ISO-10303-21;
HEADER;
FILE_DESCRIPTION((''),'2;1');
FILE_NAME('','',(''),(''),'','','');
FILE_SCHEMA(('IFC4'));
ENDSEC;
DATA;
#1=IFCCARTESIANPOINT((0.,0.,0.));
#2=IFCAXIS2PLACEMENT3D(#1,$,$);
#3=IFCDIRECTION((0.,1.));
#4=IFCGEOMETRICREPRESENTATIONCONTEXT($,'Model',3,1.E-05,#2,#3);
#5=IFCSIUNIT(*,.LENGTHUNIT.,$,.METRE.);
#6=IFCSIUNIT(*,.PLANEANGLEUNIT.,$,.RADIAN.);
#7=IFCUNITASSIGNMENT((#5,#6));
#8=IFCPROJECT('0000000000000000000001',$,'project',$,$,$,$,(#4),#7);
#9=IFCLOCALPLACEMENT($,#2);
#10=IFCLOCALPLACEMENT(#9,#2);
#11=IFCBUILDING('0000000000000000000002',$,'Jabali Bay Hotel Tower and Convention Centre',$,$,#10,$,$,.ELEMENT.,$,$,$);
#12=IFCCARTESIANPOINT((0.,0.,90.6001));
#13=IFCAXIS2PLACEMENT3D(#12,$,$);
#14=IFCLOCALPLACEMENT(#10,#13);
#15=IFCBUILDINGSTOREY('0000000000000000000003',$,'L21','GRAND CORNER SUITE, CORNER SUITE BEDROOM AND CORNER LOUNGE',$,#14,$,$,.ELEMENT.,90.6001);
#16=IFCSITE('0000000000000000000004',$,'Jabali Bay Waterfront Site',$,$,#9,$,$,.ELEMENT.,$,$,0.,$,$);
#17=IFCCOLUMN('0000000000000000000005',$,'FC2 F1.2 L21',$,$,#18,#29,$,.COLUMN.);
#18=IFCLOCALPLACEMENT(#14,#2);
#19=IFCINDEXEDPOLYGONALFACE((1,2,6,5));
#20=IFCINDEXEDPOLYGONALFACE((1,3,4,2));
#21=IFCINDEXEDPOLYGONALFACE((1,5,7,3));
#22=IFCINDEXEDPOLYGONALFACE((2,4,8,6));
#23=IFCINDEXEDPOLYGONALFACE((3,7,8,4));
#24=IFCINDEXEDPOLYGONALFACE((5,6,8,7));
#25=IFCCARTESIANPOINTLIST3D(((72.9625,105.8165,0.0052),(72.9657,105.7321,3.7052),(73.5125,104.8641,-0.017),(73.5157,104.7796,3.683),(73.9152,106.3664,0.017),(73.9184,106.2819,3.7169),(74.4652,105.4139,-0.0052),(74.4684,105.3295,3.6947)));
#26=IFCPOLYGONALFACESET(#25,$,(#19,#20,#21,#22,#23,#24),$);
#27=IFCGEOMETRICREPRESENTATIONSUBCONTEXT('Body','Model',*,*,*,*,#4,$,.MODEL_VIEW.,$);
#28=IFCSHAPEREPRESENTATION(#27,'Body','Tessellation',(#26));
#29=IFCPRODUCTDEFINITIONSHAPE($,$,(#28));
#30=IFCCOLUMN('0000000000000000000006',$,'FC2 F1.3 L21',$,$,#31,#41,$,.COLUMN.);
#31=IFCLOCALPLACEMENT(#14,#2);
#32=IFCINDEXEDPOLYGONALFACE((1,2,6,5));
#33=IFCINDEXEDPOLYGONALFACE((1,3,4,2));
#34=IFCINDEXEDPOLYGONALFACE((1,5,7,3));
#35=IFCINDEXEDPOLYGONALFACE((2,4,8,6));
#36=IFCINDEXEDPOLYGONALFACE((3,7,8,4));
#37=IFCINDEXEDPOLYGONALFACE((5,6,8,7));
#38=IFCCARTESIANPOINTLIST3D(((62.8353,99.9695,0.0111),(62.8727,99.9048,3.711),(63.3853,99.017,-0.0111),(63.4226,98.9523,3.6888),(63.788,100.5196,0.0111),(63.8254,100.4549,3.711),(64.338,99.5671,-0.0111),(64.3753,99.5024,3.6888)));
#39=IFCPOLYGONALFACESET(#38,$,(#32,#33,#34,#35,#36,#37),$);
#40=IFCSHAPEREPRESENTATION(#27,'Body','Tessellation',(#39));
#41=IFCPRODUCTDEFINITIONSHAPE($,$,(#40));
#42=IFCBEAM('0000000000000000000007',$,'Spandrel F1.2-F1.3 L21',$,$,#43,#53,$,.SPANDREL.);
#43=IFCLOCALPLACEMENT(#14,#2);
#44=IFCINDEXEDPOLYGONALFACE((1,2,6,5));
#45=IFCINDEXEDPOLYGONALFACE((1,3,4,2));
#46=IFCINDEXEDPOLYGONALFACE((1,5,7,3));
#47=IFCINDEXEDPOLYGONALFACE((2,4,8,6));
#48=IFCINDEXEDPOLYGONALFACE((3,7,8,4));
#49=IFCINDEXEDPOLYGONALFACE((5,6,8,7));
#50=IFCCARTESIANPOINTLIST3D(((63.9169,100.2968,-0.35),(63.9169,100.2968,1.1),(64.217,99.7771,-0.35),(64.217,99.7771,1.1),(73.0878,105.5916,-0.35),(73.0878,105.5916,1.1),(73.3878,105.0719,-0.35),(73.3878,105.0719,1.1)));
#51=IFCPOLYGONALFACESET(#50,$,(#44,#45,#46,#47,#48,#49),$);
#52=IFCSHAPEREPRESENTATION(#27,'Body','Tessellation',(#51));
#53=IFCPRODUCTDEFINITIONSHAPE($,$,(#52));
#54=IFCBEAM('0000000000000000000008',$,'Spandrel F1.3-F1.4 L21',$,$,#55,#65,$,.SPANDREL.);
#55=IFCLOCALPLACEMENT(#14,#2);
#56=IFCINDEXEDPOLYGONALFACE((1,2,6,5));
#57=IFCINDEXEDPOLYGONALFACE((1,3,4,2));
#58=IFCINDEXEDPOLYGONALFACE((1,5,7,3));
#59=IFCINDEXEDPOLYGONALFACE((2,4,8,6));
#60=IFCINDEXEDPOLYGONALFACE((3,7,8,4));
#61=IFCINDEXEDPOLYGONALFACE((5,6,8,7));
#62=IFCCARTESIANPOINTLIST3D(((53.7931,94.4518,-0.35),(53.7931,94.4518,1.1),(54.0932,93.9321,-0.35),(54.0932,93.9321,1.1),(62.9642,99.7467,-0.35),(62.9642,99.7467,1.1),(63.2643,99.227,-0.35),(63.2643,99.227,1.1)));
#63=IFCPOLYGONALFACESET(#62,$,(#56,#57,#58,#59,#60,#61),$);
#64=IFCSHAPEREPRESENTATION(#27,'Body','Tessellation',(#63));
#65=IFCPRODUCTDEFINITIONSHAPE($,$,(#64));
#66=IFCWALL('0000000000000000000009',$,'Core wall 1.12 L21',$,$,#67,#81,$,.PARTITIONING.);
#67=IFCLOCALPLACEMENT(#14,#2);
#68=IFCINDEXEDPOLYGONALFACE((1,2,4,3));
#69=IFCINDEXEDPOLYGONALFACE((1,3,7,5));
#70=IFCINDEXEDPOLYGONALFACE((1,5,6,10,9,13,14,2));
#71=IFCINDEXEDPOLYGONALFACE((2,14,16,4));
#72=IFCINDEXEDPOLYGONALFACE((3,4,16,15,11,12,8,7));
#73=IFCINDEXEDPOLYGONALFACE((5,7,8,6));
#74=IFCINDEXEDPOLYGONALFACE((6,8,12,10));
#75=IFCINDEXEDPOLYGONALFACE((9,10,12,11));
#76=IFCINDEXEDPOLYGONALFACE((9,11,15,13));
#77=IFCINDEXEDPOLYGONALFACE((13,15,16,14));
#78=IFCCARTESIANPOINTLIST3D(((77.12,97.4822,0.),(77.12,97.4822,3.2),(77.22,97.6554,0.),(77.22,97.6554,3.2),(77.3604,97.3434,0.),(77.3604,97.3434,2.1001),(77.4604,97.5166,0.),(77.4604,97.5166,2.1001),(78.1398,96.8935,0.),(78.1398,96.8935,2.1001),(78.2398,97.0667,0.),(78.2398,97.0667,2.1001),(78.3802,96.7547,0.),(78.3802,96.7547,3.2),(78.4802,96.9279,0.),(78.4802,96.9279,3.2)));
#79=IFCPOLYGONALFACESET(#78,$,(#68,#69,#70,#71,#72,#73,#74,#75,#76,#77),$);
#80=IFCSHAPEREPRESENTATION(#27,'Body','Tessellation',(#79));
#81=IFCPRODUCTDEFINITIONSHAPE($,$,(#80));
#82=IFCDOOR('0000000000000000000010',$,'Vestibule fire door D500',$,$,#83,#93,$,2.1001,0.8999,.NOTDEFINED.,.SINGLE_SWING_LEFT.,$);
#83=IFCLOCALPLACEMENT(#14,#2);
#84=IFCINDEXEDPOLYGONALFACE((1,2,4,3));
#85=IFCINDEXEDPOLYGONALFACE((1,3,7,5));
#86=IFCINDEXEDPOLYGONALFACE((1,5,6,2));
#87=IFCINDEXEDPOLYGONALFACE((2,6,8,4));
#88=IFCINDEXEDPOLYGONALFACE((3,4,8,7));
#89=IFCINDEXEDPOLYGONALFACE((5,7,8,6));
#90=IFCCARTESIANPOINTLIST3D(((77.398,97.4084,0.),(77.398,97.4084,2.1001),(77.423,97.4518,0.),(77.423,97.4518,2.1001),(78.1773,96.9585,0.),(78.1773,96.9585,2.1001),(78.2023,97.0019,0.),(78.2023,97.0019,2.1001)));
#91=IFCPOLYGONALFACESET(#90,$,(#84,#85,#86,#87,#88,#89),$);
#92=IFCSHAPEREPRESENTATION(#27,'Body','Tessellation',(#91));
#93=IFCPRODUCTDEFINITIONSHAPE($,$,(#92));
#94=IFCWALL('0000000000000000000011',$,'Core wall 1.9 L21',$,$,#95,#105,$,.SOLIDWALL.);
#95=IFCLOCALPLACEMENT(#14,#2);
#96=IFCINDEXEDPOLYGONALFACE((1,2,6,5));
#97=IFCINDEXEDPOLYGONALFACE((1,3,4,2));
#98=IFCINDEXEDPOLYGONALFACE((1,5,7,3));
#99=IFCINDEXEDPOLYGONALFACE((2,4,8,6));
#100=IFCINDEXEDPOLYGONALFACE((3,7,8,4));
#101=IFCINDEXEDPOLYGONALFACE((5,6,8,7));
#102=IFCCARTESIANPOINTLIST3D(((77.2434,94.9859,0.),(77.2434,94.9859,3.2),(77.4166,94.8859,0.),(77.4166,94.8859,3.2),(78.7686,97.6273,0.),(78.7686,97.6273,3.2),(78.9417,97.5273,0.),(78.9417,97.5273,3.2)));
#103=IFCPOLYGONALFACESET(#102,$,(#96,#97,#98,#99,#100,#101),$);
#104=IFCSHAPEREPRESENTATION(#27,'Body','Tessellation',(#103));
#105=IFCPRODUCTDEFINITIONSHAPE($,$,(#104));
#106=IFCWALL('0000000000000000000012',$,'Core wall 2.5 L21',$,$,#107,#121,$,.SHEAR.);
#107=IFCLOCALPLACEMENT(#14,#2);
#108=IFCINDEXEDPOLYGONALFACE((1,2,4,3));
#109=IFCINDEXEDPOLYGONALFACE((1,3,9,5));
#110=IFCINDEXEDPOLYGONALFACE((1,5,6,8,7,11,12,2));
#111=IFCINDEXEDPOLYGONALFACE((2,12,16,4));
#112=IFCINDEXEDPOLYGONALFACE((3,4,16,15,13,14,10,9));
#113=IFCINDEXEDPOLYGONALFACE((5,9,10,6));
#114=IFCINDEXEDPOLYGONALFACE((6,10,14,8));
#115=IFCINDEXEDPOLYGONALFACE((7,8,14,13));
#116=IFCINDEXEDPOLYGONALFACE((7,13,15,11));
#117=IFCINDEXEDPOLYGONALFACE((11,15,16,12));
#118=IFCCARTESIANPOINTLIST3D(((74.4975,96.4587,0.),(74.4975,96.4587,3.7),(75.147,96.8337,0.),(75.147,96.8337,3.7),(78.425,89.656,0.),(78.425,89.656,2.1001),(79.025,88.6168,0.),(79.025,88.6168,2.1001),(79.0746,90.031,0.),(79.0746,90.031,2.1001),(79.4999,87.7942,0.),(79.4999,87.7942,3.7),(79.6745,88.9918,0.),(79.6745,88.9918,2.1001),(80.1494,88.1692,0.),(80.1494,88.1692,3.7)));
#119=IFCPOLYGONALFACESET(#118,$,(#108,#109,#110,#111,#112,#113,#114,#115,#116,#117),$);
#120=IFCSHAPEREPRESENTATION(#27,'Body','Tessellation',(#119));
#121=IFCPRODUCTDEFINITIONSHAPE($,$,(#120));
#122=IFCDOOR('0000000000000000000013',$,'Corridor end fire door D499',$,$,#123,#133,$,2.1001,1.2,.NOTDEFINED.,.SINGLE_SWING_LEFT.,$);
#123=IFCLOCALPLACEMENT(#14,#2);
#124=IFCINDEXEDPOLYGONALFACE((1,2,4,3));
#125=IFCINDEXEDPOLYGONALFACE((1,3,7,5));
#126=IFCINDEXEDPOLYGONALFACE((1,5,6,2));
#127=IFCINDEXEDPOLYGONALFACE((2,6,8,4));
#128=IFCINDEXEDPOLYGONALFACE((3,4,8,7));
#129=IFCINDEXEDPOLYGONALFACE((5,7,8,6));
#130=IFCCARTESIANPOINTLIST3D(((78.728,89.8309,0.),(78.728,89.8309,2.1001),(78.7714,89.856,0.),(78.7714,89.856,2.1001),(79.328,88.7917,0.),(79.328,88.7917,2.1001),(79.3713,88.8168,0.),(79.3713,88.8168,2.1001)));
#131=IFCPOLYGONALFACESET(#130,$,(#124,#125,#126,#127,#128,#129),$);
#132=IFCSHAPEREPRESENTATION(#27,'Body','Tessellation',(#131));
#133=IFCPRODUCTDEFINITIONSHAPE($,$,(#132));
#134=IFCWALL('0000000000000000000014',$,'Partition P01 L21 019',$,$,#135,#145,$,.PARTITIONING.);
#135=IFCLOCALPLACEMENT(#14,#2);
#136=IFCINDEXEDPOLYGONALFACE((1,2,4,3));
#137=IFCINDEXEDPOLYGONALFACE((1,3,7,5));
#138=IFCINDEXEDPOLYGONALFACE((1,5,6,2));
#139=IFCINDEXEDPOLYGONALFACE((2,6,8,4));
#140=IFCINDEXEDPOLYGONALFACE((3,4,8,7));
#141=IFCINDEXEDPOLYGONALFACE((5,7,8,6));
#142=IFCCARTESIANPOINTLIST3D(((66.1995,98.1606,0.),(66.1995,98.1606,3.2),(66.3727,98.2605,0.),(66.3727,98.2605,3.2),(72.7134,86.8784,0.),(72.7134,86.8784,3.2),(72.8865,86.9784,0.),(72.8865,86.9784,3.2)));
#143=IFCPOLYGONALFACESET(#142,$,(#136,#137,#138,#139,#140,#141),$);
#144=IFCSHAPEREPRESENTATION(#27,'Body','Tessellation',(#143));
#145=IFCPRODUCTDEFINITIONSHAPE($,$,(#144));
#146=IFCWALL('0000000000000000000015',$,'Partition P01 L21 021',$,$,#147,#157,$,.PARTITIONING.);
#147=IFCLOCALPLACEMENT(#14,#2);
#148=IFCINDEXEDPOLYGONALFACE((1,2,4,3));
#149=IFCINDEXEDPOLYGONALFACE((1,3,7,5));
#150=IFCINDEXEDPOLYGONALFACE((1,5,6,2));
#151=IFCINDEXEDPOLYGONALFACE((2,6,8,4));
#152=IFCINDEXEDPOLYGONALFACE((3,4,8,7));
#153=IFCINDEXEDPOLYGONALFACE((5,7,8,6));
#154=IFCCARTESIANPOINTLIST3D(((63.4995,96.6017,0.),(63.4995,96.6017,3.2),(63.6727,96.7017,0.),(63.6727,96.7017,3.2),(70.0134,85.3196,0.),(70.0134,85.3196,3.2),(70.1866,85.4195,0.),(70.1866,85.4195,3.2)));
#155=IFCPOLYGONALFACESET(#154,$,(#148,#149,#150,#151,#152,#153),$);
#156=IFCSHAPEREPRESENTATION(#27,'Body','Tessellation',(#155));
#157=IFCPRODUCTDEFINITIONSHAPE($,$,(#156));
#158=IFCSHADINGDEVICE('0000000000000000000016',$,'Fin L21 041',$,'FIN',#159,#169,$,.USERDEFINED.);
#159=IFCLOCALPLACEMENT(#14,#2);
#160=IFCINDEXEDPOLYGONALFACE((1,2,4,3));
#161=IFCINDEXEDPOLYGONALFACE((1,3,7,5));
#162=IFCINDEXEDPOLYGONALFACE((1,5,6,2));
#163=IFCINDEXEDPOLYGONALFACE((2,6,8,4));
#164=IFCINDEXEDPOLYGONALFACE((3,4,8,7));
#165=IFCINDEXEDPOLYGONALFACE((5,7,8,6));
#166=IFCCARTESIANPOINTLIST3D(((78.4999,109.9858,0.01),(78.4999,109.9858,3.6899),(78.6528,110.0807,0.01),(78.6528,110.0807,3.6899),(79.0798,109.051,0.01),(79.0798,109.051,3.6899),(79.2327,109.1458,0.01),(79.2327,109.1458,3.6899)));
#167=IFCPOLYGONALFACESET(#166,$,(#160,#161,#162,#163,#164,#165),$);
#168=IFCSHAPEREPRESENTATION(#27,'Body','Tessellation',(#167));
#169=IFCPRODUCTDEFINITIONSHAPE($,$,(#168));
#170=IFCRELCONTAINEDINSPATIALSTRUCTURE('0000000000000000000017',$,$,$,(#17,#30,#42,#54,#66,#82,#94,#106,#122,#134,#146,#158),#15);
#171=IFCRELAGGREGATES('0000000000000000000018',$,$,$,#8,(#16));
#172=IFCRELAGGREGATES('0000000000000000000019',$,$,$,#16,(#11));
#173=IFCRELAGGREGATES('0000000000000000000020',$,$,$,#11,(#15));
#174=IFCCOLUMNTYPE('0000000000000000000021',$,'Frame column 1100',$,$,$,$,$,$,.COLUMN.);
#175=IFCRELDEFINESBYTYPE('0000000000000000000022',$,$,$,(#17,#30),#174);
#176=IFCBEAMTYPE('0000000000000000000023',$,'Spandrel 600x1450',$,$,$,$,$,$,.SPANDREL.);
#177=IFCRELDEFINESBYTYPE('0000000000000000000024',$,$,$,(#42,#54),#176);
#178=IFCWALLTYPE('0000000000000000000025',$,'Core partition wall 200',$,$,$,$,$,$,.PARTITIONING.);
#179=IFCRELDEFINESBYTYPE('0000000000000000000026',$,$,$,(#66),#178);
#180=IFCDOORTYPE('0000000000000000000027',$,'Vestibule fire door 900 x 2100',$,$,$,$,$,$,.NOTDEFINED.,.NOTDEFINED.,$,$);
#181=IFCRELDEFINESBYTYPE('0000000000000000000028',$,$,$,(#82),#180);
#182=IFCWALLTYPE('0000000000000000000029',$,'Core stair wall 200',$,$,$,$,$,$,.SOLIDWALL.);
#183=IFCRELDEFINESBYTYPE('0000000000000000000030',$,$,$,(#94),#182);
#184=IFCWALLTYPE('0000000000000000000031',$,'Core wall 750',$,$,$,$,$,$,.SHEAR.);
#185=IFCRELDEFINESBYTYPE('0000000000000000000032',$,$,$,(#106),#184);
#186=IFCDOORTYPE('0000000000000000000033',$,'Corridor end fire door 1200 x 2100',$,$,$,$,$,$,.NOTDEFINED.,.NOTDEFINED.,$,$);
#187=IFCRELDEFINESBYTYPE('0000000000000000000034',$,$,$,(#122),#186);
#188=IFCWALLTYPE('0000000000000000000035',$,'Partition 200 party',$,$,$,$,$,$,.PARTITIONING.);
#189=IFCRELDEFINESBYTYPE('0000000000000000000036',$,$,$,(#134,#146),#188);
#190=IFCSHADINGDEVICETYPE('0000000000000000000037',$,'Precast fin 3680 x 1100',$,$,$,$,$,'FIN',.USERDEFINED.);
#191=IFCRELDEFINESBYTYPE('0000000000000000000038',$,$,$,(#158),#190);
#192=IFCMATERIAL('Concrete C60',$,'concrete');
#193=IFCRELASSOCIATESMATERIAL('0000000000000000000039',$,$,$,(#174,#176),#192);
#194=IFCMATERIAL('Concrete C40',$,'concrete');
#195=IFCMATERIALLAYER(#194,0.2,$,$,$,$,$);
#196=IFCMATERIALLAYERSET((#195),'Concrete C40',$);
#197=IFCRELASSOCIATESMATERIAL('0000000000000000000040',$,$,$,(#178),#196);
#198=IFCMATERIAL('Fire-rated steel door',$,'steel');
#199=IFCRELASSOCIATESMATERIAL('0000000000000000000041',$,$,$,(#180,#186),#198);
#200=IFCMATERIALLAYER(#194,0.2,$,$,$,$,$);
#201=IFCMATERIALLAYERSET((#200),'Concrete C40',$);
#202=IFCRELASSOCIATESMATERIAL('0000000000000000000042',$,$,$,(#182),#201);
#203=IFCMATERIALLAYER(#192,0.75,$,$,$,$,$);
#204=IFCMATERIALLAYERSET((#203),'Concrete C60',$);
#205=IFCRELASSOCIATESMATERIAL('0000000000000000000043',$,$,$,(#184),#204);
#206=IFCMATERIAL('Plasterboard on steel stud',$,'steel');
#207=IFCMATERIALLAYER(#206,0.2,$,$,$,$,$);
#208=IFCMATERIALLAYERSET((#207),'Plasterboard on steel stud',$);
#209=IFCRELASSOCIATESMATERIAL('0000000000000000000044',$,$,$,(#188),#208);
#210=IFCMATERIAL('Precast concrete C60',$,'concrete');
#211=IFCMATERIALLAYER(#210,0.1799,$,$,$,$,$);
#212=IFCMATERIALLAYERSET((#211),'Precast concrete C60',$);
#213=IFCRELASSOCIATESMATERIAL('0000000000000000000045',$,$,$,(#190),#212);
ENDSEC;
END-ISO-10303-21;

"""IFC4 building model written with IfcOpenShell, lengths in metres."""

from ifc_helpers import new_model, si_unit, direction, frame, frame_2d, origin, origin_2d, place, context, subcontext, project, spatial, rectangle, extrude, material, layer, layer_set, material_profile, profile_set, type_object, element, fill, save


model = new_model("IFC4")

# Units and contexts
model_context = context("Model", 3, precision=1e-05, world=origin(), true_north=direction((0.0, 1.0)))
body_context = subcontext(model_context, "Body", "Model", "MODEL_VIEW")
ifc_project = project(units=[si_unit("LENGTHUNIT", "METRE"), si_unit("PLANEANGLEUNIT", "RADIAN")], contexts=[model_context])

# Site, building, storey
site_placement = place(None, origin())
site = spatial("IfcSite", under=ifc_project, at=site_placement, Name="Jabali Bay Waterfront Site", CompositionType="ELEMENT", RefElevation=0.0)
building_placement = place(site_placement, origin())
building = spatial("IfcBuilding", under=site, at=building_placement, Name="Jabali Bay Hotel Tower and Convention Centre", CompositionType="ELEMENT")
storey_placement = place(building_placement, frame((0.0, 0.0, 90.6001)))
storey = spatial("IfcBuildingStorey", under=building, at=storey_placement, Name="L21", Description="GRAND CORNER SUITE, CORNER SUITE BEDROOM AND CORNER LOUNGE", CompositionType="ELEMENT", Elevation=90.6001)

# Columns
ifc_material_1 = material(Name="Concrete C60", Category="concrete")
ifc_material_profile_1 = material_profile(ifc_material_1, rectangle(XDim=1.1001, YDim=1.1001, at=origin_2d()), Name="Frame column 1100")
ifc_profile_set_1 = profile_set([ifc_material_profile_1], Name="Concrete C60")
column_type = type_object("IfcColumnType", Name="Frame column 1100", PredefinedType="COLUMN", material=ifc_profile_set_1)
column_1_placement = place(storey_placement, frame((73.7139, 105.6152, 0.0), z_axis=(0.000858, -0.022825, 0.999739), x_axis=(0.866054, 0.499836, 0.010669)))
element("IfcColumn", 1, at=column_1_placement, inside=storey, type_object=column_type, Name="FC2 F1.2 L21", PredefinedType="COLUMN", context=body_context, shape_type="SweptSolid", body=[
    extrude(rectangle(XDim=1.1001, YDim=1.1001, at=origin_2d()), origin(), (0.0, 0.0, 1.0), 3.7009),
])
column_2_placement = place(storey_placement, frame((63.5867, 99.7683, 0.0), z_axis=(0.010094, -0.017482, 0.999796), x_axis=(0.86602, 0.500009, 0.0)))
element("IfcColumn", 2, at=column_2_placement, inside=storey, type_object=column_type, Name="FC2 F1.3 L21", PredefinedType="COLUMN", context=body_context, shape_type="SweptSolid", body=[
    extrude(rectangle(XDim=1.1001, YDim=1.1001, at=origin_2d()), origin(), (0.0, 0.0, 1.0), 3.7007),
])

# Beams
ifc_material_profile_2 = material_profile(ifc_material_1, rectangle(XDim=0.6001, YDim=1.45, at=origin_2d()), Name="Spandrel 600x1450")
ifc_profile_set_2 = profile_set([ifc_material_profile_2], Name="Concrete C60")
beam_type = type_object("IfcBeamType", Name="Spandrel 600x1450", PredefinedType="SPANDREL", material=ifc_profile_set_2)
beam_1_placement = place(storey_placement, frame((73.2378, 105.3318, 0.375), z_axis=(-0.866021, -0.500007, 0.0), x_axis=(0.500007, -0.866021, 0.0)))
element("IfcBeam", 3, at=beam_1_placement, inside=storey, type_object=beam_type, Name="Spandrel F1.2-F1.3 L21", PredefinedType="SPANDREL", context=body_context, shape_type="SweptSolid", body=[
    extrude(rectangle(XDim=0.6001, YDim=1.45, at=origin_2d()), origin(), (0.0, 0.0, 1.0), 10.5896),
])
beam_2_placement = place(storey_placement, frame((63.1143, 99.4868, 0.375), z_axis=(-0.866027, -0.499997, 0.0), x_axis=(0.499997, -0.866027, 0.0)))
element("IfcBeam", 4, at=beam_2_placement, inside=storey, type_object=beam_type, Name="Spandrel F1.3-F1.4 L21", PredefinedType="SPANDREL", context=body_context, shape_type="SweptSolid", body=[
    extrude(rectangle(XDim=0.6001, YDim=1.45, at=origin_2d()), origin(), (0.0, 0.0, 1.0), 10.5898),
])

# Wall, opening, door
ifc_material_2 = material(Name="Concrete C40", Category="concrete")
ifc_layer_1 = layer(ifc_material_2, 0.2)
ifc_layer_set_1 = layer_set([ifc_layer_1], Name="Concrete C40")
wall_type_1 = type_object("IfcWallType", Name="Core partition wall 200", PredefinedType="PARTITIONING", material=ifc_layer_set_1)
wall_1_placement = place(storey_placement, frame((78.4302, 96.8413, 0.0), z_axis=(0.0, 0.0, 1.0), x_axis=(-0.866046, 0.499965, 0.0)))
wall_1 = element("IfcWall", 5, at=wall_1_placement, inside=storey, type_object=wall_type_1, Name="Core wall 1.12 L21", PredefinedType="PARTITIONING", context=body_context, shape_type="SweptSolid", body=[
    extrude(rectangle(XDim=1.4551, YDim=0.2, at=frame_2d((0.7275, 0.0))), origin(), (0.0, 0.0, 1.0), 3.2),
])
opening_1_placement = place(wall_1_placement, frame((0.2776, 0.0, 0.0)))
opening_1 = element("IfcOpeningElement", 6, at=opening_1_placement, cuts=wall_1, PredefinedType="OPENING", context=body_context, shape_type="SweptSolid", body=[
    extrude(rectangle(XDim=0.8999, YDim=2.1001, at=frame_2d((0.45, 1.05))), frame((0.0, 0.1104, 0.0), z_axis=(0.0, -1.0, 0.0), x_axis=(1.0, 0.0, 0.0)), (0.0, 0.0, 1.0), 0.2209),
])
ifc_material_3 = material(Name="Fire-rated steel door", Category="steel")
door_type_1 = type_object("IfcDoorType", Name="Vestibule fire door 900 x 2100", OperationType="NOTDEFINED", PredefinedType="NOTDEFINED", material=ifc_material_3)
door_1_placement = place(opening_1_placement, origin())
door_1 = element("IfcDoor", 7, at=door_1_placement, inside=storey, type_object=door_type_1, Name="Vestibule fire door D500", OperationType="SINGLE_SWING_LEFT", OverallHeight=2.1001, OverallWidth=0.8999, PredefinedType="NOTDEFINED", context=body_context, shape_type="SweptSolid", body=[
    extrude(rectangle(XDim=0.8999, YDim=2.1001, at=frame_2d((0.45, 1.05))), frame((0.0, 0.0249, 0.0), z_axis=(0.0, -1.0, 0.0), x_axis=(1.0, 0.0, 0.0)), (0.0, 0.0, 1.0), 0.05),
])
fill(opening_1, door_1)

# Wall
ifc_layer_2 = layer(ifc_material_2, 0.2)
ifc_layer_set_2 = layer_set([ifc_layer_2], Name="Concrete C40")
wall_type_2 = type_object("IfcWallType", Name="Core stair wall 200", PredefinedType="SOLIDWALL", material=ifc_layer_set_2)
wall_2_placement = place(storey_placement, frame((77.3301, 94.936, 0.0), z_axis=(0.0, 0.0, 1.0), x_axis=(0.500039, 0.866003, 0.0)))
element("IfcWall", 8, at=wall_2_placement, inside=storey, type_object=wall_type_2, Name="Core wall 1.9 L21", PredefinedType="SOLIDWALL", context=body_context, shape_type="SweptSolid", body=[
    extrude(rectangle(XDim=3.05, YDim=0.2, at=frame_2d((1.5249, 0.0))), origin(), (0.0, 0.0, 1.0), 3.2),
])

# Wall, opening, door
ifc_layer_3 = layer(ifc_material_1, 0.75)
ifc_layer_set_3 = layer_set([ifc_layer_3], Name="Concrete C60")
wall_type_3 = type_object("IfcWallType", Name="Core wall 750", PredefinedType="SHEAR", material=ifc_layer_set_3)
wall_3_placement = place(storey_placement, frame((74.8223, 96.6462, 0.0), z_axis=(0.0, 0.0, 1.0), x_axis=(0.499997, -0.866027, 0.0)))
wall_3 = element("IfcWall", 9, at=wall_3_placement, inside=storey, type_object=wall_type_3, Name="Core wall 2.5 L21", PredefinedType="SHEAR", context=body_context, shape_type="SweptSolid", body=[
    extrude(rectangle(XDim=10.0049, YDim=0.75, at=frame_2d((5.0024, 0.0))), origin(), (0.0, 0.0, 1.0), 3.7),
])
opening_2_placement = place(wall_3_placement, frame((7.855, 0.0, 0.0)))
opening_2 = element("IfcOpeningElement", 10, at=opening_2_placement, cuts=wall_3, PredefinedType="OPENING", context=body_context, shape_type="SweptSolid", body=[
    extrude(rectangle(XDim=1.2, YDim=2.1001, at=frame_2d((0.6001, 1.05))), frame((0.0, 0.3855, 0.0), z_axis=(0.0, -1.0, 0.0), x_axis=(1.0, 0.0, 0.0)), (0.0, 0.0, 1.0), 0.771),
])
door_type_2 = type_object("IfcDoorType", Name="Corridor end fire door 1200 x 2100", OperationType="NOTDEFINED", PredefinedType="NOTDEFINED", material=ifc_material_3)
door_2_placement = place(opening_2_placement, origin())
door_2 = element("IfcDoor", 11, at=door_2_placement, inside=storey, type_object=door_type_2, Name="Corridor end fire door D499", OperationType="SINGLE_SWING_LEFT", OverallHeight=2.1001, OverallWidth=1.2, PredefinedType="NOTDEFINED", context=body_context, shape_type="SweptSolid", body=[
    extrude(rectangle(XDim=1.2, YDim=2.1001, at=frame_2d((0.6001, 1.05))), frame((0.0, 0.0249, 0.0), z_axis=(0.0, -1.0, 0.0), x_axis=(1.0, 0.0, 0.0)), (0.0, 0.0, 1.0), 0.05),
])
fill(opening_2, door_2)

# Walls
ifc_material_4 = material(Name="Plasterboard on steel stud", Category="steel")
ifc_layer_4 = layer(ifc_material_4, 0.2)
ifc_layer_set_4 = layer_set([ifc_layer_4], Name="Plasterboard on steel stud")
wall_type_4 = type_object("IfcWallType", Name="Partition 200 party", PredefinedType="PARTITIONING", material=ifc_layer_set_4)
for number, where, z_axis, x_axis, name in (
    (12, (66.2861, 98.2104, 0.0), (0.0, 0.0, 1.0), (0.500007, -0.866021, 0.0), "Partition P01 L21 019"),
    (13, (63.5862, 96.6516, 0.0), (0.0, 0.0, 1.0), (0.500007, -0.866021, 0.0), "Partition P01 L21 021"),
):
    element("IfcWall", number, at=place(storey_placement, frame(where, z_axis=z_axis, x_axis=x_axis)), inside=storey, type_object=wall_type_4, Name=name, PredefinedType="PARTITIONING", context=body_context, shape_type="SweptSolid", body=[
        extrude(rectangle(XDim=13.0276, YDim=0.2, at=frame_2d((6.5137, 0.0))), origin(), (0.0, 0.0, 1.0), 3.2),
    ])

# Shading device
ifc_material_5 = material(Name="Precast concrete C60", Category="concrete")
ifc_layer_5 = layer(ifc_material_5, 0.1799)
ifc_layer_set_5 = layer_set([ifc_layer_5], Name="Precast concrete C60")
shading_device_type = type_object("IfcShadingDeviceType", Name="Precast fin 3680 x 1100", ElementType="FIN", PredefinedType="USERDEFINED", material=ifc_layer_set_5)
shading_device_1_placement = place(storey_placement, frame((79.1562, 109.0984, 0.01), z_axis=(0.0, 0.0, 1.0), x_axis=(-0.527103, 0.849801, 0.0)))
element("IfcShadingDevice", 14, at=shading_device_1_placement, inside=storey, type_object=shading_device_type, Name="Fin L21 041", ObjectType="FIN", PredefinedType="USERDEFINED", context=body_context, shape_type="SweptSolid", body=[
    extrude(rectangle(XDim=1.1001, YDim=0.1799, at=frame_2d((0.55, 0.0))), origin(), (0.0, 0.0, 1.0), 3.6799),
])

save(model, "model.ifc")
